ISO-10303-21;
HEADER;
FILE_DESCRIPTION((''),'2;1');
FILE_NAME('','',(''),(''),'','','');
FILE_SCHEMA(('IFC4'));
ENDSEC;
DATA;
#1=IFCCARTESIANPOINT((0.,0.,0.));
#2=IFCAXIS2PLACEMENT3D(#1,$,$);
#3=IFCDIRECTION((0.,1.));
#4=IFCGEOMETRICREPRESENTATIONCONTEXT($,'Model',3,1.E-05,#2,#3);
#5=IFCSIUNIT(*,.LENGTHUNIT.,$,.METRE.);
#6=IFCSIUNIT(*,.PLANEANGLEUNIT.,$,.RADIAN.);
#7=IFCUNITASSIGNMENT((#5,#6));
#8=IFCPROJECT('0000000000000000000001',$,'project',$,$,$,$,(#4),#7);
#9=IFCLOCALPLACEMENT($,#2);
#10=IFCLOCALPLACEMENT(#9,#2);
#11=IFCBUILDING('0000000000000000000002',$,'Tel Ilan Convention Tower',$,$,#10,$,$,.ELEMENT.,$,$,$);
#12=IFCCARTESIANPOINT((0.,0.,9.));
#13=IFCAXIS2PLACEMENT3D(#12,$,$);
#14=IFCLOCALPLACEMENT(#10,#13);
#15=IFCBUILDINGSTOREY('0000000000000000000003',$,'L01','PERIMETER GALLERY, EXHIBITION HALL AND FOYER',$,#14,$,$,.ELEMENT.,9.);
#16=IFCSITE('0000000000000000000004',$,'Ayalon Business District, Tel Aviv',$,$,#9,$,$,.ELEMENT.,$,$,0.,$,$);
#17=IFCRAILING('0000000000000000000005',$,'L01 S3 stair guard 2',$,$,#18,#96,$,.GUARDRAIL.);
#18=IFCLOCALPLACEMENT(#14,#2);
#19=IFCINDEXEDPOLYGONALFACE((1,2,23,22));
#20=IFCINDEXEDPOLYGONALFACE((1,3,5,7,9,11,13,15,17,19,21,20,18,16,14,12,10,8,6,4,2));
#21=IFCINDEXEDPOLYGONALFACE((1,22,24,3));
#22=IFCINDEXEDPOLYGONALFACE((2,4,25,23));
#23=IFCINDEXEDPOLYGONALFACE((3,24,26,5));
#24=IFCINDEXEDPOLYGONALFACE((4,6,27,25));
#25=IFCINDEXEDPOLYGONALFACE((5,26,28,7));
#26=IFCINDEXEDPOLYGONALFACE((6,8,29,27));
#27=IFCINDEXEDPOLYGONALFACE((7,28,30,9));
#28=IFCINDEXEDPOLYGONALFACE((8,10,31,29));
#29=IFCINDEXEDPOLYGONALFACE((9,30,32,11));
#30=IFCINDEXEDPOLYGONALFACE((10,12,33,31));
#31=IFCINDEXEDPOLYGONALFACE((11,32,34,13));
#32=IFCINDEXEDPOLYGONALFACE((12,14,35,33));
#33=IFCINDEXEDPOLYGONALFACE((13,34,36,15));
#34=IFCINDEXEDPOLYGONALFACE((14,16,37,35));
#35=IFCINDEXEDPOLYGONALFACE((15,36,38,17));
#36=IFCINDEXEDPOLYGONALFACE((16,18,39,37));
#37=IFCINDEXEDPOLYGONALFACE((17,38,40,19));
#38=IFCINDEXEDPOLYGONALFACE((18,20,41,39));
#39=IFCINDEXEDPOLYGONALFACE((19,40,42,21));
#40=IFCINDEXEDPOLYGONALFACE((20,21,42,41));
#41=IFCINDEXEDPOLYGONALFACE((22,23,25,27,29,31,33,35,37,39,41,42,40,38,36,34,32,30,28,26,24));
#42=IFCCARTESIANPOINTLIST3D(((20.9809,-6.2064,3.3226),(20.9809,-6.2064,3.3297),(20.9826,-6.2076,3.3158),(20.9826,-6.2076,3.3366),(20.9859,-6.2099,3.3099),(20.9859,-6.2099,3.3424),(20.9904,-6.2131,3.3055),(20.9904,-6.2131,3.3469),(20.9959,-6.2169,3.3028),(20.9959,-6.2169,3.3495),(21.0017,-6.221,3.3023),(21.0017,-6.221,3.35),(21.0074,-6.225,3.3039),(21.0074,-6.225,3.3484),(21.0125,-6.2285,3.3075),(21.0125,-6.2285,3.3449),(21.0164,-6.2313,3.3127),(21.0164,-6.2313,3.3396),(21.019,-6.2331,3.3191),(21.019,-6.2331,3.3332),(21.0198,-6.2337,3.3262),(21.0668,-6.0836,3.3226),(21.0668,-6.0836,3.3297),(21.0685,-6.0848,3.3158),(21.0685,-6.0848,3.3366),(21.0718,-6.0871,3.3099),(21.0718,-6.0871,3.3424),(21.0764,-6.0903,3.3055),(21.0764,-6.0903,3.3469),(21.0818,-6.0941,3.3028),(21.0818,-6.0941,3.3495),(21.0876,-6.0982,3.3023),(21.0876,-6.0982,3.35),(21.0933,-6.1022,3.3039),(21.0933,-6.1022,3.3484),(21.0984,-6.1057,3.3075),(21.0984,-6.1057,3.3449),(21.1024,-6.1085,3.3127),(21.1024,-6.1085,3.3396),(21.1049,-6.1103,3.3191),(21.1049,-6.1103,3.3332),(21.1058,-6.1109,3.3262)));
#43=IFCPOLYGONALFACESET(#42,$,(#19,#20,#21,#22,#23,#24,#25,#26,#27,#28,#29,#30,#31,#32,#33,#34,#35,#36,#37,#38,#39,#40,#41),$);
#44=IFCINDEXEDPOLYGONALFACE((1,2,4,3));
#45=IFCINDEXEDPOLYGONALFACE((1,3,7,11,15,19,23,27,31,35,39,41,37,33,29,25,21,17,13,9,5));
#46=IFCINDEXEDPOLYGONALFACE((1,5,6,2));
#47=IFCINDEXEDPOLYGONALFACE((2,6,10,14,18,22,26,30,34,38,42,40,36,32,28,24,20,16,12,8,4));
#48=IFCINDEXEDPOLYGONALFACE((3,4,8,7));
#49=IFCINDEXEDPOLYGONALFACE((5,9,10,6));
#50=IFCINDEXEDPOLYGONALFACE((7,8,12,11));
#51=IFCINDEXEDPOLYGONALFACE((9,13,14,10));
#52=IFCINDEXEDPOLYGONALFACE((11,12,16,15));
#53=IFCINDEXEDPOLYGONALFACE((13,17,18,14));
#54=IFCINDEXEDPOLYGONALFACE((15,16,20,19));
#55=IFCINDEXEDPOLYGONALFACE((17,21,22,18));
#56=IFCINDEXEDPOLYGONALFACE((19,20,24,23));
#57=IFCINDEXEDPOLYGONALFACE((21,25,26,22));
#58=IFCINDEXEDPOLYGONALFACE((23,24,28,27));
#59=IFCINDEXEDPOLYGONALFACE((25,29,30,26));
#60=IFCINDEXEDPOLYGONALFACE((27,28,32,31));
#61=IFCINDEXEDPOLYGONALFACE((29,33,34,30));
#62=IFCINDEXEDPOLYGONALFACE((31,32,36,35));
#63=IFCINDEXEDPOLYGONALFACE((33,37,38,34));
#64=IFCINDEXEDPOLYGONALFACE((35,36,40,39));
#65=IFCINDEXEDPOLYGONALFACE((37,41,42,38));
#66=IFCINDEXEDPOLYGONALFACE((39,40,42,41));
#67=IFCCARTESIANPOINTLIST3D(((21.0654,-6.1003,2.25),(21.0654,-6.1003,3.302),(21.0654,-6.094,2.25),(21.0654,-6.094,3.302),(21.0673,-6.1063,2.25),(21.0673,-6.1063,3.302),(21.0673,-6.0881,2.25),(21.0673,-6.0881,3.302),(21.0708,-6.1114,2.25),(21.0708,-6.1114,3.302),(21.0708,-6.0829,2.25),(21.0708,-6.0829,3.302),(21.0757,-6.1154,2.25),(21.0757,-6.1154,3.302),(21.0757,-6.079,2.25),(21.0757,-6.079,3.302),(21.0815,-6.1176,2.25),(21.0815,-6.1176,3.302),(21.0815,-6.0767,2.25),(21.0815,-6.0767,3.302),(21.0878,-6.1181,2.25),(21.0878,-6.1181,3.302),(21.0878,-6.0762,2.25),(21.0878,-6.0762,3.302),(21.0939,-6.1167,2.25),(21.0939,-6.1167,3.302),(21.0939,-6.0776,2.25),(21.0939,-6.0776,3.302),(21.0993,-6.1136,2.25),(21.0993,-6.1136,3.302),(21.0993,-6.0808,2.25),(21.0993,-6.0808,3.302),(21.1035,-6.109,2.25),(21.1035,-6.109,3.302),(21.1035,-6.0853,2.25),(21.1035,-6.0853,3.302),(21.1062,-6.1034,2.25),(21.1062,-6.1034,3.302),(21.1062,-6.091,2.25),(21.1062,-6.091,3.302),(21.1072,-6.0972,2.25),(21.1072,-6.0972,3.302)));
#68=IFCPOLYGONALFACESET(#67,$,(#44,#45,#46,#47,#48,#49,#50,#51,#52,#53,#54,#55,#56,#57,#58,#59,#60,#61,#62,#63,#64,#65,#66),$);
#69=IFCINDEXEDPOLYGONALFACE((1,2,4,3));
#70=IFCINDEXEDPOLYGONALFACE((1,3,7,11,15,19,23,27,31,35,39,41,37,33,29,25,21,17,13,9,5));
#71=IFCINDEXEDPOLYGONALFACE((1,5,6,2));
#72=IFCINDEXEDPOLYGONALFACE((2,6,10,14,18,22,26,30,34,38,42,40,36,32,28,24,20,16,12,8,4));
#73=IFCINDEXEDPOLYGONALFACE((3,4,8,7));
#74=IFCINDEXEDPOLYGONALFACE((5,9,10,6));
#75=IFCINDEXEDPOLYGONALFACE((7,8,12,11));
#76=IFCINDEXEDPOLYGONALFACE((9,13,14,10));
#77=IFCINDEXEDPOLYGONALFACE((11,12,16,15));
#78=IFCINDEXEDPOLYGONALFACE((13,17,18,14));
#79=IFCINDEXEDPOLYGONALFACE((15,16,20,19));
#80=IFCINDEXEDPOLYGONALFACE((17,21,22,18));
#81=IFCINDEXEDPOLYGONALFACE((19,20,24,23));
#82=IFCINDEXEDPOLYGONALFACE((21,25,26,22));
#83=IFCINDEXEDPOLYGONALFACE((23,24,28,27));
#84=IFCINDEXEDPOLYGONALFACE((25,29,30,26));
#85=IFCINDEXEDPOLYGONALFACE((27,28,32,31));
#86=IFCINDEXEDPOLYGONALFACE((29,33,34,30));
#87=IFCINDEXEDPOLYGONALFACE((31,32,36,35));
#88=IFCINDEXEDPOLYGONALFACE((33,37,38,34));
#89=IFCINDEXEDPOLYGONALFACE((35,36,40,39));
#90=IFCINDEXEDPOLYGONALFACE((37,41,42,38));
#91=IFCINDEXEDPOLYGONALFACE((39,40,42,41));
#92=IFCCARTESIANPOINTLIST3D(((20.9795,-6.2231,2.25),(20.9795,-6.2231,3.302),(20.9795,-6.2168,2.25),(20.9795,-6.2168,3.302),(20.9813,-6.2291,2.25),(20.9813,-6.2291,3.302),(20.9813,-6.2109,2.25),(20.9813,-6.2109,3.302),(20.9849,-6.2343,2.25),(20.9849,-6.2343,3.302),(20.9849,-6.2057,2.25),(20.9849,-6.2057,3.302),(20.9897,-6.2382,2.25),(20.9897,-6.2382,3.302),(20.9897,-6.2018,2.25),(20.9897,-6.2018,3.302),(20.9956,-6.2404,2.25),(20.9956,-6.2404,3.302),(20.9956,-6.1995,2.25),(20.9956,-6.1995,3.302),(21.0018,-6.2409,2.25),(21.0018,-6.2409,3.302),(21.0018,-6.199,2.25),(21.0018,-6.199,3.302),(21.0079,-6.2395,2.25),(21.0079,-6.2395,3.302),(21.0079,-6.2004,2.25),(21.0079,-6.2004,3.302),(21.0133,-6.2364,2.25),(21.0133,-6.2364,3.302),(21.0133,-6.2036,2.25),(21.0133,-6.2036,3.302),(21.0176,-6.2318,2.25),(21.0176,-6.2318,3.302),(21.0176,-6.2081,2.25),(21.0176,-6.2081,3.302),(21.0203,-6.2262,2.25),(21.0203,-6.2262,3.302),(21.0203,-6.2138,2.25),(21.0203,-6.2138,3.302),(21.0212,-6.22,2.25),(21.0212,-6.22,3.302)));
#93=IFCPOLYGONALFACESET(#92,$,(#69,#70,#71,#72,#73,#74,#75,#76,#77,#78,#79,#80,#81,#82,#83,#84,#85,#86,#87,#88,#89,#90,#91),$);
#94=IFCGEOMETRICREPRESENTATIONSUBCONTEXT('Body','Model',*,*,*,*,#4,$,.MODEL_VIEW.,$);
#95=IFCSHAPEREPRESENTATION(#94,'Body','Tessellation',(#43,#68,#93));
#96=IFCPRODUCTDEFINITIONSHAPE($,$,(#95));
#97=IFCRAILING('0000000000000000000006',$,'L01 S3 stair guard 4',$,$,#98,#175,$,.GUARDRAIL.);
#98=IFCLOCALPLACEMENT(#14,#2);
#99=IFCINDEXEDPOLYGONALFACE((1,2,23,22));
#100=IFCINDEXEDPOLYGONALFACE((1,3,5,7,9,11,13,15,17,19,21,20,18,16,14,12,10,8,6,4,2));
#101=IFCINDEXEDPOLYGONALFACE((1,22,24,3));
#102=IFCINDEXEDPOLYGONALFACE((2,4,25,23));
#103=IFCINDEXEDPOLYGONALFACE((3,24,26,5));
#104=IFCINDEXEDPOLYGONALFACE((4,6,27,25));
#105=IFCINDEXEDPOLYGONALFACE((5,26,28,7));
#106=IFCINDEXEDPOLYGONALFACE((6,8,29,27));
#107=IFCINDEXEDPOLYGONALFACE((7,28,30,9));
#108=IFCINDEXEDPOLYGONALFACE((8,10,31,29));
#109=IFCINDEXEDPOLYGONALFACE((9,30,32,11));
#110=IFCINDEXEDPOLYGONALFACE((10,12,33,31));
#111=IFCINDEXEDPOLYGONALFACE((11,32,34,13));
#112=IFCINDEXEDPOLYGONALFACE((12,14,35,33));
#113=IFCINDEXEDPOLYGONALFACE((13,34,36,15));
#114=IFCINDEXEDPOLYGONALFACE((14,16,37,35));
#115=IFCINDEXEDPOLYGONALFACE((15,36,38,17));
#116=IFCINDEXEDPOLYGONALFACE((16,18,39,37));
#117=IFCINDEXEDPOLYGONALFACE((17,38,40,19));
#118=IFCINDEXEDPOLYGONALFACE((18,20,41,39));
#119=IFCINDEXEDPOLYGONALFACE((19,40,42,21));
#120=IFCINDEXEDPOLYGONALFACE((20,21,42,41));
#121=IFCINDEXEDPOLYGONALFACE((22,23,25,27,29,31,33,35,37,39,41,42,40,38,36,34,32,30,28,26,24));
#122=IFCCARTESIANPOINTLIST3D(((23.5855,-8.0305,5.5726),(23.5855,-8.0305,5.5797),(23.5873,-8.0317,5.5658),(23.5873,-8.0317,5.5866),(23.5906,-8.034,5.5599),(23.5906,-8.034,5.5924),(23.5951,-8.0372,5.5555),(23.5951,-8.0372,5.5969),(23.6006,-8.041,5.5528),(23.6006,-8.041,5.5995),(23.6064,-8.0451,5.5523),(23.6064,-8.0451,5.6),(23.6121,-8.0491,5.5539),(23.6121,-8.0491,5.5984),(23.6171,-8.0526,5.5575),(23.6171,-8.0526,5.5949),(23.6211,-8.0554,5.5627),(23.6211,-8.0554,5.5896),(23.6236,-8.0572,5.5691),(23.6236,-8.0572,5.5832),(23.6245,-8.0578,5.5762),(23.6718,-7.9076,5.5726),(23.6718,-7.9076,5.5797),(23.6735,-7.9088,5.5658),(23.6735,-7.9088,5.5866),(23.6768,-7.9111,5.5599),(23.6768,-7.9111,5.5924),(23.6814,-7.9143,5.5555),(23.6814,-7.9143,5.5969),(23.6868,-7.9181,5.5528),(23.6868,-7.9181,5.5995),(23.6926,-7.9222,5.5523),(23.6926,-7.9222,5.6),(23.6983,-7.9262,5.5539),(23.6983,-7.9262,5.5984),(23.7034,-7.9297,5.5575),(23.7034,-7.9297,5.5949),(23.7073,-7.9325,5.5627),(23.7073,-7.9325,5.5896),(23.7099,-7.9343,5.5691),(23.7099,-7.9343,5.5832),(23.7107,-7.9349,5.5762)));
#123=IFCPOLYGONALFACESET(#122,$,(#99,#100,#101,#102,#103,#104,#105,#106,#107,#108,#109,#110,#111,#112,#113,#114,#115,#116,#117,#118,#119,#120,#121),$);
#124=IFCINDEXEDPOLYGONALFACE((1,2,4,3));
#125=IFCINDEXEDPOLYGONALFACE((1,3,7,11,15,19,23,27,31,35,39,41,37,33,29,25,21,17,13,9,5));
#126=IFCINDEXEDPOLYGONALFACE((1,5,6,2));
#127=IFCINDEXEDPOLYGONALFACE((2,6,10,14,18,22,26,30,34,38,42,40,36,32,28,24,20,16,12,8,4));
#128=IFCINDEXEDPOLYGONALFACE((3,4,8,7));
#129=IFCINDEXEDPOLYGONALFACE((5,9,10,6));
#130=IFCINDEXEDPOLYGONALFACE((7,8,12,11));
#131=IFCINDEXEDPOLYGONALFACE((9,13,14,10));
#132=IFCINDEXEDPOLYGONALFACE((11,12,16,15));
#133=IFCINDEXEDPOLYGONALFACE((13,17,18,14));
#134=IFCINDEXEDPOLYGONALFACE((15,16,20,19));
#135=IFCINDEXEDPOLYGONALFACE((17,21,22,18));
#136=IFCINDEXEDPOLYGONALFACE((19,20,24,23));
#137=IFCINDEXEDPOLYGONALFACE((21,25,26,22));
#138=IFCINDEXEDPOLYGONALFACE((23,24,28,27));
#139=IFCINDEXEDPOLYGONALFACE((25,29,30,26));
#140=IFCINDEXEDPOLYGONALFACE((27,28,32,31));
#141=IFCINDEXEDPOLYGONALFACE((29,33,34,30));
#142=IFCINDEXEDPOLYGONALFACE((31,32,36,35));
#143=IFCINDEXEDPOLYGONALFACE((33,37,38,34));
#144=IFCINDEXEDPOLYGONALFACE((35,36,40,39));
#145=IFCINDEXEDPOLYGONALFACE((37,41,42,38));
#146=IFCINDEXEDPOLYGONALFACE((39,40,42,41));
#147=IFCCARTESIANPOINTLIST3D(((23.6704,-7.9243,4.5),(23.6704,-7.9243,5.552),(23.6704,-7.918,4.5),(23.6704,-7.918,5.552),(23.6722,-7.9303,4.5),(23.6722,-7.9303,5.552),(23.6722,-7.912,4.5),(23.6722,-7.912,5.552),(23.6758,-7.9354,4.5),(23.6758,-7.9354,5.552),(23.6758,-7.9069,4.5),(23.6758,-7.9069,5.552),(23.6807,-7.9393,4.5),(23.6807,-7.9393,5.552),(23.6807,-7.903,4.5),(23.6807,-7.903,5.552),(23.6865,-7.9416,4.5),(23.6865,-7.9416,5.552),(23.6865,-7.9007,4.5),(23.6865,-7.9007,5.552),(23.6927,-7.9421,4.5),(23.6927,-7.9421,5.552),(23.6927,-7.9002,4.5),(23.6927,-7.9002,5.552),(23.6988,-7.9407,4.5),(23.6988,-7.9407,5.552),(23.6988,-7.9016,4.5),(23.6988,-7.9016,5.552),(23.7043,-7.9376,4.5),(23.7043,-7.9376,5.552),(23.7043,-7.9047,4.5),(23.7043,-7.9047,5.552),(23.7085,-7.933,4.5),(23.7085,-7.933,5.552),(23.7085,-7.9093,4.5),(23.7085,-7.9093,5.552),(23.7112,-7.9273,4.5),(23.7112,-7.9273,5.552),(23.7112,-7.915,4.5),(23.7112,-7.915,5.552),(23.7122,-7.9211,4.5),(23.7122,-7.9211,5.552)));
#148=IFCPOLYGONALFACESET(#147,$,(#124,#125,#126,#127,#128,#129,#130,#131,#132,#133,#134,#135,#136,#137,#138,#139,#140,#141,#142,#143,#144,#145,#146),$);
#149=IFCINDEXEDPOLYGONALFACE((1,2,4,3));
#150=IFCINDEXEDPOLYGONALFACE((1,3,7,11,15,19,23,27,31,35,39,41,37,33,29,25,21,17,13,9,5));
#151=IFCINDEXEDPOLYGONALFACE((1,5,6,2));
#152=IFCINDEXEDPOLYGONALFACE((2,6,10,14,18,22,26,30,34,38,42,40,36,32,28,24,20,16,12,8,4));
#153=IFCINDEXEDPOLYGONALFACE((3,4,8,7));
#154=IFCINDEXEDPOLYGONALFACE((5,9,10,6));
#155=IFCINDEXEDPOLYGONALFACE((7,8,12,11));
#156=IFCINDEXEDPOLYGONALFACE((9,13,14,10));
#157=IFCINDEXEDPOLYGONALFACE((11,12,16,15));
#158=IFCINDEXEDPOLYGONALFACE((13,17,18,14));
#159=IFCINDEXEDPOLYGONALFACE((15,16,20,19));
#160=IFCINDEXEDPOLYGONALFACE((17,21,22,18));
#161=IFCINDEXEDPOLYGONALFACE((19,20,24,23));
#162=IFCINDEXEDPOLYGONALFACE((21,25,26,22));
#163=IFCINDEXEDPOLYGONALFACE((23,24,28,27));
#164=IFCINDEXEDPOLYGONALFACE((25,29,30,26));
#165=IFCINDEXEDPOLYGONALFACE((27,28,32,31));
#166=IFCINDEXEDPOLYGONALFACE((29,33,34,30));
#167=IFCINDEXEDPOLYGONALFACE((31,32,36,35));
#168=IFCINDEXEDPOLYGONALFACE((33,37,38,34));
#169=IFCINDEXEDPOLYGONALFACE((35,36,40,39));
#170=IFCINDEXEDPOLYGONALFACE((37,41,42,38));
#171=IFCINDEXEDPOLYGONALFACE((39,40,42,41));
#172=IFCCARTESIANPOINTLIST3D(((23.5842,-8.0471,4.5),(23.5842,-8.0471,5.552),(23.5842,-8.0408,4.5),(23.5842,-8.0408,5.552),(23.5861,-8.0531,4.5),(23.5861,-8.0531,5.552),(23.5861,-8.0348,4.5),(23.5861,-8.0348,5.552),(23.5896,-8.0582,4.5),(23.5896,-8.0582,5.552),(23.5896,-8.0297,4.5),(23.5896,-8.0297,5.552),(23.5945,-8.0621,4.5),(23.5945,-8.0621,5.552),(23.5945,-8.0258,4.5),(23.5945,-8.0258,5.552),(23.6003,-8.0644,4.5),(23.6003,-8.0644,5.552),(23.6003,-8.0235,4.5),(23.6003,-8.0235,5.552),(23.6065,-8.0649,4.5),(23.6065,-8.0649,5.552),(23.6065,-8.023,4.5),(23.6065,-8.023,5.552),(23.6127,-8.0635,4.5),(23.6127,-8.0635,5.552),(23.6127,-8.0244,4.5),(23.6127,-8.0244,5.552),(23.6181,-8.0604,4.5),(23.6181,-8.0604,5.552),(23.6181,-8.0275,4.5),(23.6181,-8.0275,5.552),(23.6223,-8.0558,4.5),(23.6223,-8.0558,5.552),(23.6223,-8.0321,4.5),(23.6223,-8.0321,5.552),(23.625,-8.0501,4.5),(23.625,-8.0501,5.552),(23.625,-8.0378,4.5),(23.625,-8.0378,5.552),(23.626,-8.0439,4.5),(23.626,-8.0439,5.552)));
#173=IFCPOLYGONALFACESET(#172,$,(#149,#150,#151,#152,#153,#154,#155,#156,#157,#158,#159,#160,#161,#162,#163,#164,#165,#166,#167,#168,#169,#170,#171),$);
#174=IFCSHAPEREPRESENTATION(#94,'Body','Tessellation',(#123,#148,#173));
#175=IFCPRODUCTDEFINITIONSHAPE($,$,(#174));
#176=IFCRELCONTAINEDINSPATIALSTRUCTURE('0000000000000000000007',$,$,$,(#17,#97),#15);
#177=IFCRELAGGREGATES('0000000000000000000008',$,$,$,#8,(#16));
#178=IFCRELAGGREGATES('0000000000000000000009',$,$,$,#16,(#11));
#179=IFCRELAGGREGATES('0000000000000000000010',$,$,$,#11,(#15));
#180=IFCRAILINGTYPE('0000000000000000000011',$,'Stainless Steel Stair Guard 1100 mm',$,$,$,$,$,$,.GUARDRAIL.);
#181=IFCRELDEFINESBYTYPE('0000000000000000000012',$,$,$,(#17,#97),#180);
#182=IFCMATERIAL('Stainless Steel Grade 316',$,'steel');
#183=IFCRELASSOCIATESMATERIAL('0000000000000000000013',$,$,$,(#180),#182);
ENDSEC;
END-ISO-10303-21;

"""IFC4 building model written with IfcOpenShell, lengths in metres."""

from ifc_helpers import new_model, si_unit, direction, frame, origin, origin_2d, place, context, subcontext, project, spatial, circle, extrude, material, type_object, element, save


model = new_model("IFC4")

# Units and contexts
model_context = context("Model", 3, precision=1e-05, world=origin(), true_north=direction((0.0, 1.0)))
body_context = subcontext(model_context, "Body", "Model", "MODEL_VIEW")
ifc_project = project(units=[si_unit("LENGTHUNIT", "METRE"), si_unit("PLANEANGLEUNIT", "RADIAN")], contexts=[model_context])

# Site, building, storey
site_placement = place(None, origin())
site = spatial("IfcSite", under=ifc_project, at=site_placement, Name="Ayalon Business District, Tel Aviv", CompositionType="ELEMENT", RefElevation=0.0)
building_placement = place(site_placement, origin())
building = spatial("IfcBuilding", under=site, at=building_placement, Name="Tel Ilan Convention Tower", CompositionType="ELEMENT")
storey_placement = place(building_placement, frame((0.0, 0.0, 9.0)))
storey = spatial("IfcBuildingStorey", under=building, at=storey_placement, Name="L01", Description="PERIMETER GALLERY, EXHIBITION HALL AND FOYER", CompositionType="ELEMENT", Elevation=9.0)

# Railings
ifc_material_1 = material(Name="Stainless Steel Grade 316", Category="steel")
railing_type_1 = type_object("IfcRailingType", Name="Stainless Steel Stair Guard 1100 mm", PredefinedType="GUARDRAIL", material=ifc_material_1)
railing_1_placement = place(storey_placement, frame((21.0862, -6.0972, 2.25)))
element("IfcRailing", 1, at=railing_1_placement, inside=storey, type_object=railing_type_1, Name="L01 S3 stair guard 2", PredefinedType="GUARDRAIL", context=body_context, shape_type="SweptSolid", body=[
    extrude(circle(Radius=0.0239, at=origin_2d()), frame((0.0, 0.0, 1.0762), z_axis=(-0.573353, -0.819308, 0.0), x_axis=(0.819308, -0.573353, 0.0)), (0.0, 0.0, 1.0), 0.1499),
    extrude(circle(Radius=0.021, at=origin_2d()), origin(), (0.0, 0.0, 1.0), 1.052),
    extrude(circle(Radius=0.021, at=origin_2d()), frame((-0.0859, -0.1228, 0.0)), (0.0, 0.0, 1.0), 1.052),
])
railing_2_placement = place(storey_placement, frame((23.6912, -7.9211, 4.5)))
element("IfcRailing", 2, at=railing_2_placement, inside=storey, type_object=railing_type_1, Name="L01 S3 stair guard 4", PredefinedType="GUARDRAIL", context=body_context, shape_type="SweptSolid", body=[
    extrude(circle(Radius=0.0239, at=origin_2d()), frame((0.0, 0.0, 1.0762), z_axis=(-0.574445, -0.818543, 0.0), x_axis=(0.818543, -0.574445, 0.0)), (0.0, 0.0, 1.0), 0.1501),
    extrude(circle(Radius=0.021, at=origin_2d()), origin(), (0.0, 0.0, 1.0), 1.052),
    extrude(circle(Radius=0.021, at=origin_2d()), frame((-0.0862, -0.1228, 0.0)), (0.0, 0.0, 1.0), 1.052),
])

save(model, "model.ifc")
